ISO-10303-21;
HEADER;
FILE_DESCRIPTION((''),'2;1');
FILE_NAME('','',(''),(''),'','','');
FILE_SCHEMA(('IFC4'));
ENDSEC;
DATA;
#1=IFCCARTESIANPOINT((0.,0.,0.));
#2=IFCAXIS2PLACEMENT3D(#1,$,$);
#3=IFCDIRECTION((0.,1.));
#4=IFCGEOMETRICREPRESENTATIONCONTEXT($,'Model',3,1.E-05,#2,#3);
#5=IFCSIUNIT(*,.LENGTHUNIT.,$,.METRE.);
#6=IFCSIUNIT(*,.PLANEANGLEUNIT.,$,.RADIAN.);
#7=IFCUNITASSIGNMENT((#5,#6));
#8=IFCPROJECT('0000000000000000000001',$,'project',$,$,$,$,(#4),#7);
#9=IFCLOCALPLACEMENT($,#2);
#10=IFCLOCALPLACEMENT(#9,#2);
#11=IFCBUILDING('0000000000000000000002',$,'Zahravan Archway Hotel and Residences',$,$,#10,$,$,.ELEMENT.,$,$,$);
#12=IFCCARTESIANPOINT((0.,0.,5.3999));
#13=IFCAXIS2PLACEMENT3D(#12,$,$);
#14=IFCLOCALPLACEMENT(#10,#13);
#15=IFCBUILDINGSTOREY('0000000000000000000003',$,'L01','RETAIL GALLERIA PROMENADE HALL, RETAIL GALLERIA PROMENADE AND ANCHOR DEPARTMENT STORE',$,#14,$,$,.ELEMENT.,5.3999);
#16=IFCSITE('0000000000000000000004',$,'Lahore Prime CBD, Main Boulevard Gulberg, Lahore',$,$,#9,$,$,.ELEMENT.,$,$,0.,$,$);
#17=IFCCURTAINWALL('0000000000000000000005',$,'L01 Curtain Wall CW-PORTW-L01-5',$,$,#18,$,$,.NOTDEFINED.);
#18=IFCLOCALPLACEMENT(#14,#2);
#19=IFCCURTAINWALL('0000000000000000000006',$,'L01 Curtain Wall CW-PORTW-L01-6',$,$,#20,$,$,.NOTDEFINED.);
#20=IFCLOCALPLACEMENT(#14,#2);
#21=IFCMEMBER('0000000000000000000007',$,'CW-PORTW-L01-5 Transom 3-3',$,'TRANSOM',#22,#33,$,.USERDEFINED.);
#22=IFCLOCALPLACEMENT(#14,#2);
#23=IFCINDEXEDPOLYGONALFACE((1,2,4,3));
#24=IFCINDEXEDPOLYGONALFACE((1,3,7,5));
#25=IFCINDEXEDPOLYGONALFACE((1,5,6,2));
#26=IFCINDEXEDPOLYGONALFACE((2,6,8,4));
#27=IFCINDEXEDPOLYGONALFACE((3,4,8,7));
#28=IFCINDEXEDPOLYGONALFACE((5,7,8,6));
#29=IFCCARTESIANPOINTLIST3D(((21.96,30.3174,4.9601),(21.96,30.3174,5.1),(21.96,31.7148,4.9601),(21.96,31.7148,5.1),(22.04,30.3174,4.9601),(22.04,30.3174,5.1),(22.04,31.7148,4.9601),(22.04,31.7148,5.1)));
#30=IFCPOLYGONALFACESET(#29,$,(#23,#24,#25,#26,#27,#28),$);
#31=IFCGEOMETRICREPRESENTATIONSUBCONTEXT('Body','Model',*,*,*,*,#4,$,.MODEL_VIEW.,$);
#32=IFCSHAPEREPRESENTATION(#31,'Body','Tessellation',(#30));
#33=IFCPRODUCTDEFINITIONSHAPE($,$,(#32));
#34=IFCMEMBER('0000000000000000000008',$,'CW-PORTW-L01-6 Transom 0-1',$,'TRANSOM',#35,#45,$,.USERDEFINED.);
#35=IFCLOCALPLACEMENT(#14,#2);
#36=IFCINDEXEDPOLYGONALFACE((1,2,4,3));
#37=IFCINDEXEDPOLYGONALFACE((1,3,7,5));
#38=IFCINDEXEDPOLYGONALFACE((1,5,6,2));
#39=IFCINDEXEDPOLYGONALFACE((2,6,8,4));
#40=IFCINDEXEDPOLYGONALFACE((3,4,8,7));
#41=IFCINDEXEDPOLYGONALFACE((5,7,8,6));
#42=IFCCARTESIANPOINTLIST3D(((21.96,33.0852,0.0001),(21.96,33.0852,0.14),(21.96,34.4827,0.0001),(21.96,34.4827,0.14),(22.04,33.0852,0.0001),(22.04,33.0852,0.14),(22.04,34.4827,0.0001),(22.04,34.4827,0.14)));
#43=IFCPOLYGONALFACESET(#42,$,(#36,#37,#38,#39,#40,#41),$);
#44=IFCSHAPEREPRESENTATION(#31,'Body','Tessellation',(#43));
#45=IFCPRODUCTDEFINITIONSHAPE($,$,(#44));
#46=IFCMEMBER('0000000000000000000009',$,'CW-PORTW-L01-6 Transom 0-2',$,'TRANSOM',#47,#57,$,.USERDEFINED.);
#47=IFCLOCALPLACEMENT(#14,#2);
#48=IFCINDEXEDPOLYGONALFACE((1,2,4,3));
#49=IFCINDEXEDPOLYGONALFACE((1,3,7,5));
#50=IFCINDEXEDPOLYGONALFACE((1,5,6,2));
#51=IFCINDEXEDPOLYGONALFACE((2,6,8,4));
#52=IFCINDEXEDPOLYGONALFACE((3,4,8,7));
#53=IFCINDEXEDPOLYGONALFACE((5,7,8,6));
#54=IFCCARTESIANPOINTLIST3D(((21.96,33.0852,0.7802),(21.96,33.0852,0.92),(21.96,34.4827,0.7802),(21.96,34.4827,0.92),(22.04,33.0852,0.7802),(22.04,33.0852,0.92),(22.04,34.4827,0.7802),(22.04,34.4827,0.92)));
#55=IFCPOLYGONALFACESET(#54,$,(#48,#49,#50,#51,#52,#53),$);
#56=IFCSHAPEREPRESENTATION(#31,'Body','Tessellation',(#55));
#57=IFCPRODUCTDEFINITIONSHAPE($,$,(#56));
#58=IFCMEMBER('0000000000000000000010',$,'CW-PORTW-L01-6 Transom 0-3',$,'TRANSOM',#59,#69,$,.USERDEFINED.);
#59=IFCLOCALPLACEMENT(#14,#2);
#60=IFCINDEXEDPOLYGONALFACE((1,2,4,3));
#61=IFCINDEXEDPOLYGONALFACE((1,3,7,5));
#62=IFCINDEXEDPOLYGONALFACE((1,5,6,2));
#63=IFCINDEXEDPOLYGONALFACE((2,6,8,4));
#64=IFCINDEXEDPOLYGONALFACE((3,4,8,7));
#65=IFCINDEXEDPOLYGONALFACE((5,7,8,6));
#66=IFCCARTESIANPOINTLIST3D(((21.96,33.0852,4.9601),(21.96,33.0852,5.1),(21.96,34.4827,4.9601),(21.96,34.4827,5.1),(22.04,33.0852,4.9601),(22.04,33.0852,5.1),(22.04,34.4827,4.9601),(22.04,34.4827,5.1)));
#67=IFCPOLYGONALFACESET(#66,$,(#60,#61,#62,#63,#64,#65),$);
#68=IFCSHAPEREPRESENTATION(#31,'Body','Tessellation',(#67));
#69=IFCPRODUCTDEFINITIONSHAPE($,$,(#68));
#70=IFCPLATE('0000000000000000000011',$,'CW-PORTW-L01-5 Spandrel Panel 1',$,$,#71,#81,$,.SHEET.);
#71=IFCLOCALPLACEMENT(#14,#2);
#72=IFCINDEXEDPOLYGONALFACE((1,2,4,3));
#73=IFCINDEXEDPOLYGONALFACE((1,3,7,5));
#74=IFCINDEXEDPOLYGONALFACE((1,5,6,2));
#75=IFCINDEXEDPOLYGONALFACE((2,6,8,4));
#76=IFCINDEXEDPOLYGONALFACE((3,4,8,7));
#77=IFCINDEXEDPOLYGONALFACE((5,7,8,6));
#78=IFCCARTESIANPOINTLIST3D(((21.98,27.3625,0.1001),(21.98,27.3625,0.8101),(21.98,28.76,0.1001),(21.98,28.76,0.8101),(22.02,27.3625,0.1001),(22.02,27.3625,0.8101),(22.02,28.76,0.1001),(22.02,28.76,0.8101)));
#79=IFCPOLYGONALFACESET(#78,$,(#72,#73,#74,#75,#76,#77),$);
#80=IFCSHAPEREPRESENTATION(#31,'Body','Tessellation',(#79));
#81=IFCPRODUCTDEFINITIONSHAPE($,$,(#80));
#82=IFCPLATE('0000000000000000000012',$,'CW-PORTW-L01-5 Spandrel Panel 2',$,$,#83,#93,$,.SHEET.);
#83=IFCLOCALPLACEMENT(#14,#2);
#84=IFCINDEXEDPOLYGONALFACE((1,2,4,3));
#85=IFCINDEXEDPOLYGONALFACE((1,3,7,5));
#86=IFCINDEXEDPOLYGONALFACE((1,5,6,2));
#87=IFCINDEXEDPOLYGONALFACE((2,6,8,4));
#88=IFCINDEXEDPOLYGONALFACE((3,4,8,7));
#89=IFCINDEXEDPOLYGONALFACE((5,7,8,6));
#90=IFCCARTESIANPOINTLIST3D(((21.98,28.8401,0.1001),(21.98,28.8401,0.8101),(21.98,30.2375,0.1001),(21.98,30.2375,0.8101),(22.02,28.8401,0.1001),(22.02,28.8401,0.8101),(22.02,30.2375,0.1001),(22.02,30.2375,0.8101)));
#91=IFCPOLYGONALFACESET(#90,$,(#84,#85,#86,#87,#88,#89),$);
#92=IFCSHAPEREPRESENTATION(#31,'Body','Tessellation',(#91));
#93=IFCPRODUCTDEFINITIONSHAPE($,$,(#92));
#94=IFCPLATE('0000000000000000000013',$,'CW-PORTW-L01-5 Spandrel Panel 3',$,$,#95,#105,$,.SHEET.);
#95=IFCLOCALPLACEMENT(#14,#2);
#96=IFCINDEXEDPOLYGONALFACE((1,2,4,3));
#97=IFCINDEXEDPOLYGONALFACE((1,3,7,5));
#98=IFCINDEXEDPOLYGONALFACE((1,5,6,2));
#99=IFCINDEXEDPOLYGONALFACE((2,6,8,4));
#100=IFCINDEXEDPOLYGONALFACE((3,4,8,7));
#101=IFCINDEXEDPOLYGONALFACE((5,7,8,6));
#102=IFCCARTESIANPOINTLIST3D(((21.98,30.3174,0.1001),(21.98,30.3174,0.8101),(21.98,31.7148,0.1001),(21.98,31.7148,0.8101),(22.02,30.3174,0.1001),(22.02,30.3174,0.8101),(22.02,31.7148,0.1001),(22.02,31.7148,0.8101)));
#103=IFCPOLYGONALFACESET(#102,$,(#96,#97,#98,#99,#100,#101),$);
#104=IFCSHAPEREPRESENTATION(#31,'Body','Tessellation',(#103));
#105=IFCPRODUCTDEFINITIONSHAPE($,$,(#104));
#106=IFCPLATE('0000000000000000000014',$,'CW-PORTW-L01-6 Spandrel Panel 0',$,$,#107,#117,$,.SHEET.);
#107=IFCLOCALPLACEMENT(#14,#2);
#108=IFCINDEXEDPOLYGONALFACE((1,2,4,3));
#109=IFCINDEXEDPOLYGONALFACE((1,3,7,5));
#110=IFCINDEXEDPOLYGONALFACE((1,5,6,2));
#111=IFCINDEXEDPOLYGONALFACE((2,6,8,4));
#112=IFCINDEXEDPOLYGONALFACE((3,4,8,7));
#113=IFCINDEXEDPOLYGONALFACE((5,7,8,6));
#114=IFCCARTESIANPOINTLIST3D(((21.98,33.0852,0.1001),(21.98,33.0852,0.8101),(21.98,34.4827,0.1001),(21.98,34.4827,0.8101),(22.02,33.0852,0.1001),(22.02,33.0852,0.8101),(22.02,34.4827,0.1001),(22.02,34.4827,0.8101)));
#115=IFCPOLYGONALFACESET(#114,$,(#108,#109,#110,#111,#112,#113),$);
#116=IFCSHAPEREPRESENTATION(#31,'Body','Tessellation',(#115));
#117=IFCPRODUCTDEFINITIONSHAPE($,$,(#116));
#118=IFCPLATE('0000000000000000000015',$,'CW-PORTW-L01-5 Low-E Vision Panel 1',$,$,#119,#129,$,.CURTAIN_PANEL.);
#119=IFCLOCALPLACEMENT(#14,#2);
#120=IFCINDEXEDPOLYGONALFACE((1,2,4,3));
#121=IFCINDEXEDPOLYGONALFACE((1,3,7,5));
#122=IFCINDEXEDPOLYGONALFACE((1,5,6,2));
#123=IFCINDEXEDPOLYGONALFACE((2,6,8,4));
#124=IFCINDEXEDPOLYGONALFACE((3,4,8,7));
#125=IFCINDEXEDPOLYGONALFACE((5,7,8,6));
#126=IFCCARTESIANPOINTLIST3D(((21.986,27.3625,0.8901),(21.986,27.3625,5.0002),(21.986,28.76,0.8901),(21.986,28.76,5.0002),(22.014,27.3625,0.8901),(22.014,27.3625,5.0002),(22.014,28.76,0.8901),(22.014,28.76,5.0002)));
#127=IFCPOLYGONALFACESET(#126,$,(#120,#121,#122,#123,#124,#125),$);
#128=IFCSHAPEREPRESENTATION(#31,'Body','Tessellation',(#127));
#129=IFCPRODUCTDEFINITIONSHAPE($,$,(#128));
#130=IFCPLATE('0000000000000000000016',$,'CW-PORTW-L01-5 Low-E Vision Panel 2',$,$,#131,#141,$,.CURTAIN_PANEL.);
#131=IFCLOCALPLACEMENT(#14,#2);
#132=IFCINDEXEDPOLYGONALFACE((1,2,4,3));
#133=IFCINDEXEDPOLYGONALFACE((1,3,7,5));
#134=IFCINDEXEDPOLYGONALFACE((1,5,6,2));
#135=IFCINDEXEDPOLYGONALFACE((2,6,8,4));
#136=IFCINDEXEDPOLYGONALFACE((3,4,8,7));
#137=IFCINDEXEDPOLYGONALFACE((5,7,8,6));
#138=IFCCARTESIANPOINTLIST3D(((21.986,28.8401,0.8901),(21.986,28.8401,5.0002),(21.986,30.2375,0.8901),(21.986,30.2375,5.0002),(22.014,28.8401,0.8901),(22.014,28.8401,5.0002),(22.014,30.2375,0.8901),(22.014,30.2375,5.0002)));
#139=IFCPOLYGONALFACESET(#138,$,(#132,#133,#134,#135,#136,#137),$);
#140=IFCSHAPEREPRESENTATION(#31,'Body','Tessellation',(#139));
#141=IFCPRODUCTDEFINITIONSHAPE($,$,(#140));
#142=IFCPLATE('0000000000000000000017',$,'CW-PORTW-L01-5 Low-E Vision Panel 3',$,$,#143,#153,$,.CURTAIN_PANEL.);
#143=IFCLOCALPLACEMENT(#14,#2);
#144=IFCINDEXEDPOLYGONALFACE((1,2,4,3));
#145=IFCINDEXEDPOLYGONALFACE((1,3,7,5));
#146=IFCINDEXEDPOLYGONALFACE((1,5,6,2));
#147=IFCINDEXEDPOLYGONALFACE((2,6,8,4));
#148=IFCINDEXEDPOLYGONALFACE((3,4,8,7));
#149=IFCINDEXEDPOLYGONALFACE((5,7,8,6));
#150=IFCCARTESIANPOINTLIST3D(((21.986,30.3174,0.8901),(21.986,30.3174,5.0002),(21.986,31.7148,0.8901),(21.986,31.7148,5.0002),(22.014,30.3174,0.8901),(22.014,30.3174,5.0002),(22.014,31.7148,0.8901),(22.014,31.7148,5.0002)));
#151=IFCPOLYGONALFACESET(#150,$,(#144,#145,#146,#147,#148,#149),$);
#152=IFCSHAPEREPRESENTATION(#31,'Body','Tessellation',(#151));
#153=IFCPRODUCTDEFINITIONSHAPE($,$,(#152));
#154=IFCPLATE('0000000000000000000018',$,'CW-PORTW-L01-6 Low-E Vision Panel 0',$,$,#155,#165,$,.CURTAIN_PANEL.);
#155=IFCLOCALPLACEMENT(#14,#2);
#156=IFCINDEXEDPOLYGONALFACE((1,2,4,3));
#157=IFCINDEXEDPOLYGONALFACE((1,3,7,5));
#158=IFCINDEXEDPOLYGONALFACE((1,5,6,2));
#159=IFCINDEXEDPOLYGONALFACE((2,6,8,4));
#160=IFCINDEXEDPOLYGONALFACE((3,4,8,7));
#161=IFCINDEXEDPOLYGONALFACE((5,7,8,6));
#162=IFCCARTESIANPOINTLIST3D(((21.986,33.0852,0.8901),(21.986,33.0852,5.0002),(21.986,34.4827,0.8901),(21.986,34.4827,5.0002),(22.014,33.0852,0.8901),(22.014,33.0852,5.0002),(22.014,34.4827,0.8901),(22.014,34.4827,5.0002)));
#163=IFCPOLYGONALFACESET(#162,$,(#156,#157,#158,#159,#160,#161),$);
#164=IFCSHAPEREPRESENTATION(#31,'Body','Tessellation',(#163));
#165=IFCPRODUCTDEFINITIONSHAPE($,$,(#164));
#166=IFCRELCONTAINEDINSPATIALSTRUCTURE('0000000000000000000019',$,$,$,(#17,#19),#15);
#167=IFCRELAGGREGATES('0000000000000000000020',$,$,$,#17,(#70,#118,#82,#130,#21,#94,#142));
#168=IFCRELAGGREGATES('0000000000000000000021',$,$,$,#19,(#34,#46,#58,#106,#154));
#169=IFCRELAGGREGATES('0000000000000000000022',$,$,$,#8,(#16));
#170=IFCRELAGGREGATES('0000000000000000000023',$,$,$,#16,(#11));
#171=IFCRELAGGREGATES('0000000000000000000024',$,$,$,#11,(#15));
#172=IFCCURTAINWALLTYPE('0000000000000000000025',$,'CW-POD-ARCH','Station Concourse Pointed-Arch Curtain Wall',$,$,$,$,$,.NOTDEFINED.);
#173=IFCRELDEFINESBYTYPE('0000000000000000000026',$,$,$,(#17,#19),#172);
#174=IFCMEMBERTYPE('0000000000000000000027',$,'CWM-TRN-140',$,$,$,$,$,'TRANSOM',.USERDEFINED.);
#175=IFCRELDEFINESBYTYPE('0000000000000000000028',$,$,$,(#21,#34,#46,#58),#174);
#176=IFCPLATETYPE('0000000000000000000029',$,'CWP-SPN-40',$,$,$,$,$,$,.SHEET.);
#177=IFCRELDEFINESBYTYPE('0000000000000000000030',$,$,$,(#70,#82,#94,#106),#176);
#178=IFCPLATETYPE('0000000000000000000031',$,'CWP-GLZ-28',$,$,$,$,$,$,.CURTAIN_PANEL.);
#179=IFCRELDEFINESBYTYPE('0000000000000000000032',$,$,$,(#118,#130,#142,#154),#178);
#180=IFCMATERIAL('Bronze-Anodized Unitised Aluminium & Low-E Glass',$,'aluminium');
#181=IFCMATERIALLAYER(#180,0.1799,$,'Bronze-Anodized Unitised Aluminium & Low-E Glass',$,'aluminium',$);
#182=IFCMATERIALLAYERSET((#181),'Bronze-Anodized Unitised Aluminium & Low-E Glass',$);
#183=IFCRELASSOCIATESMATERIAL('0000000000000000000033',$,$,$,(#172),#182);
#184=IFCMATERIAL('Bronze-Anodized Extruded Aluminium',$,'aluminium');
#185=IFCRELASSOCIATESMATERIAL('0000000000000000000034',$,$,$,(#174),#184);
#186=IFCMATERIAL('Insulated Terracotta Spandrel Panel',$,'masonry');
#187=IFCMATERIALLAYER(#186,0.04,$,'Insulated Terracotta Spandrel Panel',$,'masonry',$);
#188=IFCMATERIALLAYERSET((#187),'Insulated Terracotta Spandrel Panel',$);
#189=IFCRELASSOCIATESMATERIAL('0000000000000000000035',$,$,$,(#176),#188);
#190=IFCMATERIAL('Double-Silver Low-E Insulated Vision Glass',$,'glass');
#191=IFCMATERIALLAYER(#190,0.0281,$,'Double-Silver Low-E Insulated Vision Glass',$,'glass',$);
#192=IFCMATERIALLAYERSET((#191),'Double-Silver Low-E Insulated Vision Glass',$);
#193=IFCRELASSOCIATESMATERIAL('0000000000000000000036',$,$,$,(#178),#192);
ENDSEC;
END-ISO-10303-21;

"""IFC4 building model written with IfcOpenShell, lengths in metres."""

from ifc_helpers import new_model, si_unit, direction, frame, origin, origin_2d, place, context, subcontext, project, spatial, rectangle, extrude, source, transform, mapped, material, layer, layer_set, material_profile, profile_set, type_object, element, aggregate, save


model = new_model("IFC4")

# Units and contexts
model_context = context("Model", 3, precision=1e-05, world=origin(), true_north=direction((0.0, 1.0)))
body_context = subcontext(model_context, "Body", "Model", "MODEL_VIEW")
ifc_project = project(units=[si_unit("LENGTHUNIT", "METRE"), si_unit("PLANEANGLEUNIT", "RADIAN")], contexts=[model_context])

# Site, building, storey
site_placement = place(None, origin())
site = spatial("IfcSite", under=ifc_project, at=site_placement, Name="Lahore Prime CBD, Main Boulevard Gulberg, Lahore", CompositionType="ELEMENT", RefElevation=0.0)
building_placement = place(site_placement, origin())
building = spatial("IfcBuilding", under=site, at=building_placement, Name="Zahravan Archway Hotel and Residences", CompositionType="ELEMENT")
storey_placement = place(building_placement, frame((0.0, 0.0, 5.3999)))
storey = spatial("IfcBuildingStorey", under=building, at=storey_placement, Name="L01", Description="RETAIL GALLERIA PROMENADE HALL, RETAIL GALLERIA PROMENADE AND ANCHOR DEPARTMENT STORE", CompositionType="ELEMENT", Elevation=5.3999)

# Curtain wall
ifc_material_1 = material(Name="Bronze-Anodized Unitised Aluminium & Low-E Glass", Category="aluminium")
ifc_layer_1 = layer(ifc_material_1, 0.1799, Name="Bronze-Anodized Unitised Aluminium & Low-E Glass", Category="aluminium")
ifc_layer_set_1 = layer_set([ifc_layer_1], Name="Bronze-Anodized Unitised Aluminium & Low-E Glass")
curtain_wall_type = type_object("IfcCurtainWallType", Name="CW-POD-ARCH", Description="Station Concourse Pointed-Arch Curtain Wall", PredefinedType="NOTDEFINED", material=ifc_layer_set_1)
curtain_wall_1_placement = place(storey_placement, origin())
curtain_wall_1 = element("IfcCurtainWall", 1, at=curtain_wall_1_placement, inside=storey, type_object=curtain_wall_type, Name="L01 Curtain Wall CW-PORTW-L01-5", PredefinedType="NOTDEFINED")
ifc_material_2 = material(Name="Bronze-Anodized Extruded Aluminium", Category="aluminium")

# Curtain wall
curtain_wall_2_placement = place(storey_placement, origin())
curtain_wall_2 = element("IfcCurtainWall", 2, at=curtain_wall_2_placement, inside=storey, type_object=curtain_wall_type, Name="L01 Curtain Wall CW-PORTW-L01-6", PredefinedType="NOTDEFINED")

# Members
ifc_material_profile_1 = material_profile(ifc_material_2, rectangle(XDim=0.0801, YDim=0.1399, at=origin_2d()), Name="TRN 80x140", Category="aluminium")
ifc_profile_set_1 = profile_set([ifc_material_profile_1], Name="Bronze-Anodized Extruded Aluminium")
member_type_1 = type_object("IfcMemberType", Name="CWM-TRN-140", ElementType="TRANSOM", PredefinedType="USERDEFINED", material=ifc_profile_set_1)
shared_shape_1 = source(origin(), body_context, "Body", "SweptSolid", [
    extrude(rectangle(XDim=0.0801, YDim=0.1399, at=origin_2d()), origin(), (0.0, 0.0, 1.0), 1.3975),
])
member_1_placement = place(storey_placement, frame((22.0, 30.3174, 5.03), z_axis=(0.0, 1.0, 0.0), x_axis=(-1.0, 0.0, 0.0)))
member_1 = element("IfcMember", 3, at=member_1_placement, type_object=member_type_1, Name="CW-PORTW-L01-5 Transom 3-3", ObjectType="TRANSOM", PredefinedType="USERDEFINED", context=body_context, shape_type="MappedRepresentation", body=[
    mapped(shared_shape_1, transform((0.0, 0.0, 0.0), scale=1.0)),
])
member_2_placement = place(storey_placement, frame((22.0, 33.0852, 0.0701), z_axis=(0.0, 1.0, 0.0), x_axis=(-1.0, 0.0, 0.0)))
member_2 = element("IfcMember", 4, at=member_2_placement, type_object=member_type_1, Name="CW-PORTW-L01-6 Transom 0-1", ObjectType="TRANSOM", PredefinedType="USERDEFINED", context=body_context, shape_type="MappedRepresentation", body=[
    mapped(shared_shape_1, transform((0.0, 0.0, 0.0), scale=1.0)),
])
member_3_placement = place(storey_placement, frame((22.0, 33.0852, 0.8501), z_axis=(0.0, 1.0, 0.0), x_axis=(-1.0, 0.0, 0.0)))
member_3 = element("IfcMember", 5, at=member_3_placement, type_object=member_type_1, Name="CW-PORTW-L01-6 Transom 0-2", ObjectType="TRANSOM", PredefinedType="USERDEFINED", context=body_context, shape_type="MappedRepresentation", body=[
    mapped(shared_shape_1, transform((0.0, 0.0, 0.0), scale=1.0)),
])
member_4_placement = place(storey_placement, frame((22.0, 33.0852, 5.03), z_axis=(0.0, 1.0, 0.0), x_axis=(-1.0, 0.0, 0.0)))
member_4 = element("IfcMember", 6, at=member_4_placement, type_object=member_type_1, Name="CW-PORTW-L01-6 Transom 0-3", ObjectType="TRANSOM", PredefinedType="USERDEFINED", context=body_context, shape_type="MappedRepresentation", body=[
    mapped(shared_shape_1, transform((0.0, 0.0, 0.0), scale=1.0)),
])

# Plates
ifc_material_3 = material(Name="Insulated Terracotta Spandrel Panel", Category="masonry")
ifc_layer_2 = layer(ifc_material_3, 0.04, Name="Insulated Terracotta Spandrel Panel", Category="masonry")
ifc_layer_set_2 = layer_set([ifc_layer_2], Name="Insulated Terracotta Spandrel Panel")
plate_type_1 = type_object("IfcPlateType", Name="CWP-SPN-40", PredefinedType="SHEET", material=ifc_layer_set_2)
shared_shape_2 = source(origin(), body_context, "Body", "SweptSolid", [
    extrude(rectangle(XDim=1.3975, YDim=0.04, at=origin_2d()), origin(), (0.0, 0.0, 1.0), 0.71),
])
plate_1_placement = place(storey_placement, frame((22.0, 28.0613, 0.1001), z_axis=(0.0, 0.0, 1.0), x_axis=(0.0, 1.0, 0.0)))
plate_1 = element("IfcPlate", 7, at=plate_1_placement, type_object=plate_type_1, Name="CW-PORTW-L01-5 Spandrel Panel 1", PredefinedType="SHEET", context=body_context, shape_type="MappedRepresentation", body=[
    mapped(shared_shape_2, transform((0.0, 0.0, 0.0), scale=1.0)),
])
plate_2_placement = place(storey_placement, frame((22.0, 29.5388, 0.1001), z_axis=(0.0, 0.0, 1.0), x_axis=(0.0, 1.0, 0.0)))
plate_2 = element("IfcPlate", 8, at=plate_2_placement, type_object=plate_type_1, Name="CW-PORTW-L01-5 Spandrel Panel 2", PredefinedType="SHEET", context=body_context, shape_type="MappedRepresentation", body=[
    mapped(shared_shape_2, transform((0.0, 0.0, 0.0), scale=1.0)),
])
plate_3_placement = place(storey_placement, frame((22.0, 31.0161, 0.1001), z_axis=(0.0, 0.0, 1.0), x_axis=(0.0, 1.0, 0.0)))
plate_3 = element("IfcPlate", 9, at=plate_3_placement, type_object=plate_type_1, Name="CW-PORTW-L01-5 Spandrel Panel 3", PredefinedType="SHEET", context=body_context, shape_type="MappedRepresentation", body=[
    mapped(shared_shape_2, transform((0.0, 0.0, 0.0), scale=1.0)),
])
plate_4_placement = place(storey_placement, frame((22.0, 33.7839, 0.1001), z_axis=(0.0, 0.0, 1.0), x_axis=(0.0, 1.0, 0.0)))
plate_4 = element("IfcPlate", 10, at=plate_4_placement, type_object=plate_type_1, Name="CW-PORTW-L01-6 Spandrel Panel 0", PredefinedType="SHEET", context=body_context, shape_type="MappedRepresentation", body=[
    mapped(shared_shape_2, transform((0.0, 0.0, 0.0), scale=1.0)),
])
ifc_material_4 = material(Name="Double-Silver Low-E Insulated Vision Glass", Category="glass")
ifc_layer_3 = layer(ifc_material_4, 0.0281, Name="Double-Silver Low-E Insulated Vision Glass", Category="glass")
ifc_layer_set_3 = layer_set([ifc_layer_3], Name="Double-Silver Low-E Insulated Vision Glass")
plate_type_2 = type_object("IfcPlateType", Name="CWP-GLZ-28", PredefinedType="CURTAIN_PANEL", material=ifc_layer_set_3)
shared_shape_3 = source(origin(), body_context, "Body", "SweptSolid", [
    extrude(rectangle(XDim=1.3975, YDim=0.0281, at=origin_2d()), origin(), (0.0, 0.0, 1.0), 4.1101),
])
plate_5_placement = place(storey_placement, frame((22.0, 28.0613, 0.8901), z_axis=(0.0, 0.0, 1.0), x_axis=(0.0, 1.0, 0.0)))
plate_5 = element("IfcPlate", 11, at=plate_5_placement, type_object=plate_type_2, Name="CW-PORTW-L01-5 Low-E Vision Panel 1", PredefinedType="CURTAIN_PANEL", context=body_context, shape_type="MappedRepresentation", body=[
    mapped(shared_shape_3, transform((0.0, 0.0, 0.0), scale=1.0)),
])
plate_6_placement = place(storey_placement, frame((22.0, 29.5388, 0.8901), z_axis=(0.0, 0.0, 1.0), x_axis=(0.0, 1.0, 0.0)))
plate_6 = element("IfcPlate", 12, at=plate_6_placement, type_object=plate_type_2, Name="CW-PORTW-L01-5 Low-E Vision Panel 2", PredefinedType="CURTAIN_PANEL", context=body_context, shape_type="MappedRepresentation", body=[
    mapped(shared_shape_3, transform((0.0, 0.0, 0.0), scale=1.0)),
])
plate_7_placement = place(storey_placement, frame((22.0, 31.0161, 0.8901), z_axis=(0.0, 0.0, 1.0), x_axis=(0.0, 1.0, 0.0)))
plate_7 = element("IfcPlate", 13, at=plate_7_placement, type_object=plate_type_2, Name="CW-PORTW-L01-5 Low-E Vision Panel 3", PredefinedType="CURTAIN_PANEL", context=body_context, shape_type="MappedRepresentation", body=[
    mapped(shared_shape_3, transform((0.0, 0.0, 0.0), scale=1.0)),
])
aggregate(curtain_wall_1, [plate_1, plate_5, plate_2, plate_6, member_1, plate_3, plate_7])
plate_8_placement = place(storey_placement, frame((22.0, 33.7839, 0.8901), z_axis=(0.0, 0.0, 1.0), x_axis=(0.0, 1.0, 0.0)))
plate_8 = element("IfcPlate", 14, at=plate_8_placement, type_object=plate_type_2, Name="CW-PORTW-L01-6 Low-E Vision Panel 0", PredefinedType="CURTAIN_PANEL", context=body_context, shape_type="MappedRepresentation", body=[
    mapped(shared_shape_3, transform((0.0, 0.0, 0.0), scale=1.0)),
])
aggregate(curtain_wall_2, [member_2, member_3, member_4, plate_4, plate_8])

save(model, "model.ifc")
